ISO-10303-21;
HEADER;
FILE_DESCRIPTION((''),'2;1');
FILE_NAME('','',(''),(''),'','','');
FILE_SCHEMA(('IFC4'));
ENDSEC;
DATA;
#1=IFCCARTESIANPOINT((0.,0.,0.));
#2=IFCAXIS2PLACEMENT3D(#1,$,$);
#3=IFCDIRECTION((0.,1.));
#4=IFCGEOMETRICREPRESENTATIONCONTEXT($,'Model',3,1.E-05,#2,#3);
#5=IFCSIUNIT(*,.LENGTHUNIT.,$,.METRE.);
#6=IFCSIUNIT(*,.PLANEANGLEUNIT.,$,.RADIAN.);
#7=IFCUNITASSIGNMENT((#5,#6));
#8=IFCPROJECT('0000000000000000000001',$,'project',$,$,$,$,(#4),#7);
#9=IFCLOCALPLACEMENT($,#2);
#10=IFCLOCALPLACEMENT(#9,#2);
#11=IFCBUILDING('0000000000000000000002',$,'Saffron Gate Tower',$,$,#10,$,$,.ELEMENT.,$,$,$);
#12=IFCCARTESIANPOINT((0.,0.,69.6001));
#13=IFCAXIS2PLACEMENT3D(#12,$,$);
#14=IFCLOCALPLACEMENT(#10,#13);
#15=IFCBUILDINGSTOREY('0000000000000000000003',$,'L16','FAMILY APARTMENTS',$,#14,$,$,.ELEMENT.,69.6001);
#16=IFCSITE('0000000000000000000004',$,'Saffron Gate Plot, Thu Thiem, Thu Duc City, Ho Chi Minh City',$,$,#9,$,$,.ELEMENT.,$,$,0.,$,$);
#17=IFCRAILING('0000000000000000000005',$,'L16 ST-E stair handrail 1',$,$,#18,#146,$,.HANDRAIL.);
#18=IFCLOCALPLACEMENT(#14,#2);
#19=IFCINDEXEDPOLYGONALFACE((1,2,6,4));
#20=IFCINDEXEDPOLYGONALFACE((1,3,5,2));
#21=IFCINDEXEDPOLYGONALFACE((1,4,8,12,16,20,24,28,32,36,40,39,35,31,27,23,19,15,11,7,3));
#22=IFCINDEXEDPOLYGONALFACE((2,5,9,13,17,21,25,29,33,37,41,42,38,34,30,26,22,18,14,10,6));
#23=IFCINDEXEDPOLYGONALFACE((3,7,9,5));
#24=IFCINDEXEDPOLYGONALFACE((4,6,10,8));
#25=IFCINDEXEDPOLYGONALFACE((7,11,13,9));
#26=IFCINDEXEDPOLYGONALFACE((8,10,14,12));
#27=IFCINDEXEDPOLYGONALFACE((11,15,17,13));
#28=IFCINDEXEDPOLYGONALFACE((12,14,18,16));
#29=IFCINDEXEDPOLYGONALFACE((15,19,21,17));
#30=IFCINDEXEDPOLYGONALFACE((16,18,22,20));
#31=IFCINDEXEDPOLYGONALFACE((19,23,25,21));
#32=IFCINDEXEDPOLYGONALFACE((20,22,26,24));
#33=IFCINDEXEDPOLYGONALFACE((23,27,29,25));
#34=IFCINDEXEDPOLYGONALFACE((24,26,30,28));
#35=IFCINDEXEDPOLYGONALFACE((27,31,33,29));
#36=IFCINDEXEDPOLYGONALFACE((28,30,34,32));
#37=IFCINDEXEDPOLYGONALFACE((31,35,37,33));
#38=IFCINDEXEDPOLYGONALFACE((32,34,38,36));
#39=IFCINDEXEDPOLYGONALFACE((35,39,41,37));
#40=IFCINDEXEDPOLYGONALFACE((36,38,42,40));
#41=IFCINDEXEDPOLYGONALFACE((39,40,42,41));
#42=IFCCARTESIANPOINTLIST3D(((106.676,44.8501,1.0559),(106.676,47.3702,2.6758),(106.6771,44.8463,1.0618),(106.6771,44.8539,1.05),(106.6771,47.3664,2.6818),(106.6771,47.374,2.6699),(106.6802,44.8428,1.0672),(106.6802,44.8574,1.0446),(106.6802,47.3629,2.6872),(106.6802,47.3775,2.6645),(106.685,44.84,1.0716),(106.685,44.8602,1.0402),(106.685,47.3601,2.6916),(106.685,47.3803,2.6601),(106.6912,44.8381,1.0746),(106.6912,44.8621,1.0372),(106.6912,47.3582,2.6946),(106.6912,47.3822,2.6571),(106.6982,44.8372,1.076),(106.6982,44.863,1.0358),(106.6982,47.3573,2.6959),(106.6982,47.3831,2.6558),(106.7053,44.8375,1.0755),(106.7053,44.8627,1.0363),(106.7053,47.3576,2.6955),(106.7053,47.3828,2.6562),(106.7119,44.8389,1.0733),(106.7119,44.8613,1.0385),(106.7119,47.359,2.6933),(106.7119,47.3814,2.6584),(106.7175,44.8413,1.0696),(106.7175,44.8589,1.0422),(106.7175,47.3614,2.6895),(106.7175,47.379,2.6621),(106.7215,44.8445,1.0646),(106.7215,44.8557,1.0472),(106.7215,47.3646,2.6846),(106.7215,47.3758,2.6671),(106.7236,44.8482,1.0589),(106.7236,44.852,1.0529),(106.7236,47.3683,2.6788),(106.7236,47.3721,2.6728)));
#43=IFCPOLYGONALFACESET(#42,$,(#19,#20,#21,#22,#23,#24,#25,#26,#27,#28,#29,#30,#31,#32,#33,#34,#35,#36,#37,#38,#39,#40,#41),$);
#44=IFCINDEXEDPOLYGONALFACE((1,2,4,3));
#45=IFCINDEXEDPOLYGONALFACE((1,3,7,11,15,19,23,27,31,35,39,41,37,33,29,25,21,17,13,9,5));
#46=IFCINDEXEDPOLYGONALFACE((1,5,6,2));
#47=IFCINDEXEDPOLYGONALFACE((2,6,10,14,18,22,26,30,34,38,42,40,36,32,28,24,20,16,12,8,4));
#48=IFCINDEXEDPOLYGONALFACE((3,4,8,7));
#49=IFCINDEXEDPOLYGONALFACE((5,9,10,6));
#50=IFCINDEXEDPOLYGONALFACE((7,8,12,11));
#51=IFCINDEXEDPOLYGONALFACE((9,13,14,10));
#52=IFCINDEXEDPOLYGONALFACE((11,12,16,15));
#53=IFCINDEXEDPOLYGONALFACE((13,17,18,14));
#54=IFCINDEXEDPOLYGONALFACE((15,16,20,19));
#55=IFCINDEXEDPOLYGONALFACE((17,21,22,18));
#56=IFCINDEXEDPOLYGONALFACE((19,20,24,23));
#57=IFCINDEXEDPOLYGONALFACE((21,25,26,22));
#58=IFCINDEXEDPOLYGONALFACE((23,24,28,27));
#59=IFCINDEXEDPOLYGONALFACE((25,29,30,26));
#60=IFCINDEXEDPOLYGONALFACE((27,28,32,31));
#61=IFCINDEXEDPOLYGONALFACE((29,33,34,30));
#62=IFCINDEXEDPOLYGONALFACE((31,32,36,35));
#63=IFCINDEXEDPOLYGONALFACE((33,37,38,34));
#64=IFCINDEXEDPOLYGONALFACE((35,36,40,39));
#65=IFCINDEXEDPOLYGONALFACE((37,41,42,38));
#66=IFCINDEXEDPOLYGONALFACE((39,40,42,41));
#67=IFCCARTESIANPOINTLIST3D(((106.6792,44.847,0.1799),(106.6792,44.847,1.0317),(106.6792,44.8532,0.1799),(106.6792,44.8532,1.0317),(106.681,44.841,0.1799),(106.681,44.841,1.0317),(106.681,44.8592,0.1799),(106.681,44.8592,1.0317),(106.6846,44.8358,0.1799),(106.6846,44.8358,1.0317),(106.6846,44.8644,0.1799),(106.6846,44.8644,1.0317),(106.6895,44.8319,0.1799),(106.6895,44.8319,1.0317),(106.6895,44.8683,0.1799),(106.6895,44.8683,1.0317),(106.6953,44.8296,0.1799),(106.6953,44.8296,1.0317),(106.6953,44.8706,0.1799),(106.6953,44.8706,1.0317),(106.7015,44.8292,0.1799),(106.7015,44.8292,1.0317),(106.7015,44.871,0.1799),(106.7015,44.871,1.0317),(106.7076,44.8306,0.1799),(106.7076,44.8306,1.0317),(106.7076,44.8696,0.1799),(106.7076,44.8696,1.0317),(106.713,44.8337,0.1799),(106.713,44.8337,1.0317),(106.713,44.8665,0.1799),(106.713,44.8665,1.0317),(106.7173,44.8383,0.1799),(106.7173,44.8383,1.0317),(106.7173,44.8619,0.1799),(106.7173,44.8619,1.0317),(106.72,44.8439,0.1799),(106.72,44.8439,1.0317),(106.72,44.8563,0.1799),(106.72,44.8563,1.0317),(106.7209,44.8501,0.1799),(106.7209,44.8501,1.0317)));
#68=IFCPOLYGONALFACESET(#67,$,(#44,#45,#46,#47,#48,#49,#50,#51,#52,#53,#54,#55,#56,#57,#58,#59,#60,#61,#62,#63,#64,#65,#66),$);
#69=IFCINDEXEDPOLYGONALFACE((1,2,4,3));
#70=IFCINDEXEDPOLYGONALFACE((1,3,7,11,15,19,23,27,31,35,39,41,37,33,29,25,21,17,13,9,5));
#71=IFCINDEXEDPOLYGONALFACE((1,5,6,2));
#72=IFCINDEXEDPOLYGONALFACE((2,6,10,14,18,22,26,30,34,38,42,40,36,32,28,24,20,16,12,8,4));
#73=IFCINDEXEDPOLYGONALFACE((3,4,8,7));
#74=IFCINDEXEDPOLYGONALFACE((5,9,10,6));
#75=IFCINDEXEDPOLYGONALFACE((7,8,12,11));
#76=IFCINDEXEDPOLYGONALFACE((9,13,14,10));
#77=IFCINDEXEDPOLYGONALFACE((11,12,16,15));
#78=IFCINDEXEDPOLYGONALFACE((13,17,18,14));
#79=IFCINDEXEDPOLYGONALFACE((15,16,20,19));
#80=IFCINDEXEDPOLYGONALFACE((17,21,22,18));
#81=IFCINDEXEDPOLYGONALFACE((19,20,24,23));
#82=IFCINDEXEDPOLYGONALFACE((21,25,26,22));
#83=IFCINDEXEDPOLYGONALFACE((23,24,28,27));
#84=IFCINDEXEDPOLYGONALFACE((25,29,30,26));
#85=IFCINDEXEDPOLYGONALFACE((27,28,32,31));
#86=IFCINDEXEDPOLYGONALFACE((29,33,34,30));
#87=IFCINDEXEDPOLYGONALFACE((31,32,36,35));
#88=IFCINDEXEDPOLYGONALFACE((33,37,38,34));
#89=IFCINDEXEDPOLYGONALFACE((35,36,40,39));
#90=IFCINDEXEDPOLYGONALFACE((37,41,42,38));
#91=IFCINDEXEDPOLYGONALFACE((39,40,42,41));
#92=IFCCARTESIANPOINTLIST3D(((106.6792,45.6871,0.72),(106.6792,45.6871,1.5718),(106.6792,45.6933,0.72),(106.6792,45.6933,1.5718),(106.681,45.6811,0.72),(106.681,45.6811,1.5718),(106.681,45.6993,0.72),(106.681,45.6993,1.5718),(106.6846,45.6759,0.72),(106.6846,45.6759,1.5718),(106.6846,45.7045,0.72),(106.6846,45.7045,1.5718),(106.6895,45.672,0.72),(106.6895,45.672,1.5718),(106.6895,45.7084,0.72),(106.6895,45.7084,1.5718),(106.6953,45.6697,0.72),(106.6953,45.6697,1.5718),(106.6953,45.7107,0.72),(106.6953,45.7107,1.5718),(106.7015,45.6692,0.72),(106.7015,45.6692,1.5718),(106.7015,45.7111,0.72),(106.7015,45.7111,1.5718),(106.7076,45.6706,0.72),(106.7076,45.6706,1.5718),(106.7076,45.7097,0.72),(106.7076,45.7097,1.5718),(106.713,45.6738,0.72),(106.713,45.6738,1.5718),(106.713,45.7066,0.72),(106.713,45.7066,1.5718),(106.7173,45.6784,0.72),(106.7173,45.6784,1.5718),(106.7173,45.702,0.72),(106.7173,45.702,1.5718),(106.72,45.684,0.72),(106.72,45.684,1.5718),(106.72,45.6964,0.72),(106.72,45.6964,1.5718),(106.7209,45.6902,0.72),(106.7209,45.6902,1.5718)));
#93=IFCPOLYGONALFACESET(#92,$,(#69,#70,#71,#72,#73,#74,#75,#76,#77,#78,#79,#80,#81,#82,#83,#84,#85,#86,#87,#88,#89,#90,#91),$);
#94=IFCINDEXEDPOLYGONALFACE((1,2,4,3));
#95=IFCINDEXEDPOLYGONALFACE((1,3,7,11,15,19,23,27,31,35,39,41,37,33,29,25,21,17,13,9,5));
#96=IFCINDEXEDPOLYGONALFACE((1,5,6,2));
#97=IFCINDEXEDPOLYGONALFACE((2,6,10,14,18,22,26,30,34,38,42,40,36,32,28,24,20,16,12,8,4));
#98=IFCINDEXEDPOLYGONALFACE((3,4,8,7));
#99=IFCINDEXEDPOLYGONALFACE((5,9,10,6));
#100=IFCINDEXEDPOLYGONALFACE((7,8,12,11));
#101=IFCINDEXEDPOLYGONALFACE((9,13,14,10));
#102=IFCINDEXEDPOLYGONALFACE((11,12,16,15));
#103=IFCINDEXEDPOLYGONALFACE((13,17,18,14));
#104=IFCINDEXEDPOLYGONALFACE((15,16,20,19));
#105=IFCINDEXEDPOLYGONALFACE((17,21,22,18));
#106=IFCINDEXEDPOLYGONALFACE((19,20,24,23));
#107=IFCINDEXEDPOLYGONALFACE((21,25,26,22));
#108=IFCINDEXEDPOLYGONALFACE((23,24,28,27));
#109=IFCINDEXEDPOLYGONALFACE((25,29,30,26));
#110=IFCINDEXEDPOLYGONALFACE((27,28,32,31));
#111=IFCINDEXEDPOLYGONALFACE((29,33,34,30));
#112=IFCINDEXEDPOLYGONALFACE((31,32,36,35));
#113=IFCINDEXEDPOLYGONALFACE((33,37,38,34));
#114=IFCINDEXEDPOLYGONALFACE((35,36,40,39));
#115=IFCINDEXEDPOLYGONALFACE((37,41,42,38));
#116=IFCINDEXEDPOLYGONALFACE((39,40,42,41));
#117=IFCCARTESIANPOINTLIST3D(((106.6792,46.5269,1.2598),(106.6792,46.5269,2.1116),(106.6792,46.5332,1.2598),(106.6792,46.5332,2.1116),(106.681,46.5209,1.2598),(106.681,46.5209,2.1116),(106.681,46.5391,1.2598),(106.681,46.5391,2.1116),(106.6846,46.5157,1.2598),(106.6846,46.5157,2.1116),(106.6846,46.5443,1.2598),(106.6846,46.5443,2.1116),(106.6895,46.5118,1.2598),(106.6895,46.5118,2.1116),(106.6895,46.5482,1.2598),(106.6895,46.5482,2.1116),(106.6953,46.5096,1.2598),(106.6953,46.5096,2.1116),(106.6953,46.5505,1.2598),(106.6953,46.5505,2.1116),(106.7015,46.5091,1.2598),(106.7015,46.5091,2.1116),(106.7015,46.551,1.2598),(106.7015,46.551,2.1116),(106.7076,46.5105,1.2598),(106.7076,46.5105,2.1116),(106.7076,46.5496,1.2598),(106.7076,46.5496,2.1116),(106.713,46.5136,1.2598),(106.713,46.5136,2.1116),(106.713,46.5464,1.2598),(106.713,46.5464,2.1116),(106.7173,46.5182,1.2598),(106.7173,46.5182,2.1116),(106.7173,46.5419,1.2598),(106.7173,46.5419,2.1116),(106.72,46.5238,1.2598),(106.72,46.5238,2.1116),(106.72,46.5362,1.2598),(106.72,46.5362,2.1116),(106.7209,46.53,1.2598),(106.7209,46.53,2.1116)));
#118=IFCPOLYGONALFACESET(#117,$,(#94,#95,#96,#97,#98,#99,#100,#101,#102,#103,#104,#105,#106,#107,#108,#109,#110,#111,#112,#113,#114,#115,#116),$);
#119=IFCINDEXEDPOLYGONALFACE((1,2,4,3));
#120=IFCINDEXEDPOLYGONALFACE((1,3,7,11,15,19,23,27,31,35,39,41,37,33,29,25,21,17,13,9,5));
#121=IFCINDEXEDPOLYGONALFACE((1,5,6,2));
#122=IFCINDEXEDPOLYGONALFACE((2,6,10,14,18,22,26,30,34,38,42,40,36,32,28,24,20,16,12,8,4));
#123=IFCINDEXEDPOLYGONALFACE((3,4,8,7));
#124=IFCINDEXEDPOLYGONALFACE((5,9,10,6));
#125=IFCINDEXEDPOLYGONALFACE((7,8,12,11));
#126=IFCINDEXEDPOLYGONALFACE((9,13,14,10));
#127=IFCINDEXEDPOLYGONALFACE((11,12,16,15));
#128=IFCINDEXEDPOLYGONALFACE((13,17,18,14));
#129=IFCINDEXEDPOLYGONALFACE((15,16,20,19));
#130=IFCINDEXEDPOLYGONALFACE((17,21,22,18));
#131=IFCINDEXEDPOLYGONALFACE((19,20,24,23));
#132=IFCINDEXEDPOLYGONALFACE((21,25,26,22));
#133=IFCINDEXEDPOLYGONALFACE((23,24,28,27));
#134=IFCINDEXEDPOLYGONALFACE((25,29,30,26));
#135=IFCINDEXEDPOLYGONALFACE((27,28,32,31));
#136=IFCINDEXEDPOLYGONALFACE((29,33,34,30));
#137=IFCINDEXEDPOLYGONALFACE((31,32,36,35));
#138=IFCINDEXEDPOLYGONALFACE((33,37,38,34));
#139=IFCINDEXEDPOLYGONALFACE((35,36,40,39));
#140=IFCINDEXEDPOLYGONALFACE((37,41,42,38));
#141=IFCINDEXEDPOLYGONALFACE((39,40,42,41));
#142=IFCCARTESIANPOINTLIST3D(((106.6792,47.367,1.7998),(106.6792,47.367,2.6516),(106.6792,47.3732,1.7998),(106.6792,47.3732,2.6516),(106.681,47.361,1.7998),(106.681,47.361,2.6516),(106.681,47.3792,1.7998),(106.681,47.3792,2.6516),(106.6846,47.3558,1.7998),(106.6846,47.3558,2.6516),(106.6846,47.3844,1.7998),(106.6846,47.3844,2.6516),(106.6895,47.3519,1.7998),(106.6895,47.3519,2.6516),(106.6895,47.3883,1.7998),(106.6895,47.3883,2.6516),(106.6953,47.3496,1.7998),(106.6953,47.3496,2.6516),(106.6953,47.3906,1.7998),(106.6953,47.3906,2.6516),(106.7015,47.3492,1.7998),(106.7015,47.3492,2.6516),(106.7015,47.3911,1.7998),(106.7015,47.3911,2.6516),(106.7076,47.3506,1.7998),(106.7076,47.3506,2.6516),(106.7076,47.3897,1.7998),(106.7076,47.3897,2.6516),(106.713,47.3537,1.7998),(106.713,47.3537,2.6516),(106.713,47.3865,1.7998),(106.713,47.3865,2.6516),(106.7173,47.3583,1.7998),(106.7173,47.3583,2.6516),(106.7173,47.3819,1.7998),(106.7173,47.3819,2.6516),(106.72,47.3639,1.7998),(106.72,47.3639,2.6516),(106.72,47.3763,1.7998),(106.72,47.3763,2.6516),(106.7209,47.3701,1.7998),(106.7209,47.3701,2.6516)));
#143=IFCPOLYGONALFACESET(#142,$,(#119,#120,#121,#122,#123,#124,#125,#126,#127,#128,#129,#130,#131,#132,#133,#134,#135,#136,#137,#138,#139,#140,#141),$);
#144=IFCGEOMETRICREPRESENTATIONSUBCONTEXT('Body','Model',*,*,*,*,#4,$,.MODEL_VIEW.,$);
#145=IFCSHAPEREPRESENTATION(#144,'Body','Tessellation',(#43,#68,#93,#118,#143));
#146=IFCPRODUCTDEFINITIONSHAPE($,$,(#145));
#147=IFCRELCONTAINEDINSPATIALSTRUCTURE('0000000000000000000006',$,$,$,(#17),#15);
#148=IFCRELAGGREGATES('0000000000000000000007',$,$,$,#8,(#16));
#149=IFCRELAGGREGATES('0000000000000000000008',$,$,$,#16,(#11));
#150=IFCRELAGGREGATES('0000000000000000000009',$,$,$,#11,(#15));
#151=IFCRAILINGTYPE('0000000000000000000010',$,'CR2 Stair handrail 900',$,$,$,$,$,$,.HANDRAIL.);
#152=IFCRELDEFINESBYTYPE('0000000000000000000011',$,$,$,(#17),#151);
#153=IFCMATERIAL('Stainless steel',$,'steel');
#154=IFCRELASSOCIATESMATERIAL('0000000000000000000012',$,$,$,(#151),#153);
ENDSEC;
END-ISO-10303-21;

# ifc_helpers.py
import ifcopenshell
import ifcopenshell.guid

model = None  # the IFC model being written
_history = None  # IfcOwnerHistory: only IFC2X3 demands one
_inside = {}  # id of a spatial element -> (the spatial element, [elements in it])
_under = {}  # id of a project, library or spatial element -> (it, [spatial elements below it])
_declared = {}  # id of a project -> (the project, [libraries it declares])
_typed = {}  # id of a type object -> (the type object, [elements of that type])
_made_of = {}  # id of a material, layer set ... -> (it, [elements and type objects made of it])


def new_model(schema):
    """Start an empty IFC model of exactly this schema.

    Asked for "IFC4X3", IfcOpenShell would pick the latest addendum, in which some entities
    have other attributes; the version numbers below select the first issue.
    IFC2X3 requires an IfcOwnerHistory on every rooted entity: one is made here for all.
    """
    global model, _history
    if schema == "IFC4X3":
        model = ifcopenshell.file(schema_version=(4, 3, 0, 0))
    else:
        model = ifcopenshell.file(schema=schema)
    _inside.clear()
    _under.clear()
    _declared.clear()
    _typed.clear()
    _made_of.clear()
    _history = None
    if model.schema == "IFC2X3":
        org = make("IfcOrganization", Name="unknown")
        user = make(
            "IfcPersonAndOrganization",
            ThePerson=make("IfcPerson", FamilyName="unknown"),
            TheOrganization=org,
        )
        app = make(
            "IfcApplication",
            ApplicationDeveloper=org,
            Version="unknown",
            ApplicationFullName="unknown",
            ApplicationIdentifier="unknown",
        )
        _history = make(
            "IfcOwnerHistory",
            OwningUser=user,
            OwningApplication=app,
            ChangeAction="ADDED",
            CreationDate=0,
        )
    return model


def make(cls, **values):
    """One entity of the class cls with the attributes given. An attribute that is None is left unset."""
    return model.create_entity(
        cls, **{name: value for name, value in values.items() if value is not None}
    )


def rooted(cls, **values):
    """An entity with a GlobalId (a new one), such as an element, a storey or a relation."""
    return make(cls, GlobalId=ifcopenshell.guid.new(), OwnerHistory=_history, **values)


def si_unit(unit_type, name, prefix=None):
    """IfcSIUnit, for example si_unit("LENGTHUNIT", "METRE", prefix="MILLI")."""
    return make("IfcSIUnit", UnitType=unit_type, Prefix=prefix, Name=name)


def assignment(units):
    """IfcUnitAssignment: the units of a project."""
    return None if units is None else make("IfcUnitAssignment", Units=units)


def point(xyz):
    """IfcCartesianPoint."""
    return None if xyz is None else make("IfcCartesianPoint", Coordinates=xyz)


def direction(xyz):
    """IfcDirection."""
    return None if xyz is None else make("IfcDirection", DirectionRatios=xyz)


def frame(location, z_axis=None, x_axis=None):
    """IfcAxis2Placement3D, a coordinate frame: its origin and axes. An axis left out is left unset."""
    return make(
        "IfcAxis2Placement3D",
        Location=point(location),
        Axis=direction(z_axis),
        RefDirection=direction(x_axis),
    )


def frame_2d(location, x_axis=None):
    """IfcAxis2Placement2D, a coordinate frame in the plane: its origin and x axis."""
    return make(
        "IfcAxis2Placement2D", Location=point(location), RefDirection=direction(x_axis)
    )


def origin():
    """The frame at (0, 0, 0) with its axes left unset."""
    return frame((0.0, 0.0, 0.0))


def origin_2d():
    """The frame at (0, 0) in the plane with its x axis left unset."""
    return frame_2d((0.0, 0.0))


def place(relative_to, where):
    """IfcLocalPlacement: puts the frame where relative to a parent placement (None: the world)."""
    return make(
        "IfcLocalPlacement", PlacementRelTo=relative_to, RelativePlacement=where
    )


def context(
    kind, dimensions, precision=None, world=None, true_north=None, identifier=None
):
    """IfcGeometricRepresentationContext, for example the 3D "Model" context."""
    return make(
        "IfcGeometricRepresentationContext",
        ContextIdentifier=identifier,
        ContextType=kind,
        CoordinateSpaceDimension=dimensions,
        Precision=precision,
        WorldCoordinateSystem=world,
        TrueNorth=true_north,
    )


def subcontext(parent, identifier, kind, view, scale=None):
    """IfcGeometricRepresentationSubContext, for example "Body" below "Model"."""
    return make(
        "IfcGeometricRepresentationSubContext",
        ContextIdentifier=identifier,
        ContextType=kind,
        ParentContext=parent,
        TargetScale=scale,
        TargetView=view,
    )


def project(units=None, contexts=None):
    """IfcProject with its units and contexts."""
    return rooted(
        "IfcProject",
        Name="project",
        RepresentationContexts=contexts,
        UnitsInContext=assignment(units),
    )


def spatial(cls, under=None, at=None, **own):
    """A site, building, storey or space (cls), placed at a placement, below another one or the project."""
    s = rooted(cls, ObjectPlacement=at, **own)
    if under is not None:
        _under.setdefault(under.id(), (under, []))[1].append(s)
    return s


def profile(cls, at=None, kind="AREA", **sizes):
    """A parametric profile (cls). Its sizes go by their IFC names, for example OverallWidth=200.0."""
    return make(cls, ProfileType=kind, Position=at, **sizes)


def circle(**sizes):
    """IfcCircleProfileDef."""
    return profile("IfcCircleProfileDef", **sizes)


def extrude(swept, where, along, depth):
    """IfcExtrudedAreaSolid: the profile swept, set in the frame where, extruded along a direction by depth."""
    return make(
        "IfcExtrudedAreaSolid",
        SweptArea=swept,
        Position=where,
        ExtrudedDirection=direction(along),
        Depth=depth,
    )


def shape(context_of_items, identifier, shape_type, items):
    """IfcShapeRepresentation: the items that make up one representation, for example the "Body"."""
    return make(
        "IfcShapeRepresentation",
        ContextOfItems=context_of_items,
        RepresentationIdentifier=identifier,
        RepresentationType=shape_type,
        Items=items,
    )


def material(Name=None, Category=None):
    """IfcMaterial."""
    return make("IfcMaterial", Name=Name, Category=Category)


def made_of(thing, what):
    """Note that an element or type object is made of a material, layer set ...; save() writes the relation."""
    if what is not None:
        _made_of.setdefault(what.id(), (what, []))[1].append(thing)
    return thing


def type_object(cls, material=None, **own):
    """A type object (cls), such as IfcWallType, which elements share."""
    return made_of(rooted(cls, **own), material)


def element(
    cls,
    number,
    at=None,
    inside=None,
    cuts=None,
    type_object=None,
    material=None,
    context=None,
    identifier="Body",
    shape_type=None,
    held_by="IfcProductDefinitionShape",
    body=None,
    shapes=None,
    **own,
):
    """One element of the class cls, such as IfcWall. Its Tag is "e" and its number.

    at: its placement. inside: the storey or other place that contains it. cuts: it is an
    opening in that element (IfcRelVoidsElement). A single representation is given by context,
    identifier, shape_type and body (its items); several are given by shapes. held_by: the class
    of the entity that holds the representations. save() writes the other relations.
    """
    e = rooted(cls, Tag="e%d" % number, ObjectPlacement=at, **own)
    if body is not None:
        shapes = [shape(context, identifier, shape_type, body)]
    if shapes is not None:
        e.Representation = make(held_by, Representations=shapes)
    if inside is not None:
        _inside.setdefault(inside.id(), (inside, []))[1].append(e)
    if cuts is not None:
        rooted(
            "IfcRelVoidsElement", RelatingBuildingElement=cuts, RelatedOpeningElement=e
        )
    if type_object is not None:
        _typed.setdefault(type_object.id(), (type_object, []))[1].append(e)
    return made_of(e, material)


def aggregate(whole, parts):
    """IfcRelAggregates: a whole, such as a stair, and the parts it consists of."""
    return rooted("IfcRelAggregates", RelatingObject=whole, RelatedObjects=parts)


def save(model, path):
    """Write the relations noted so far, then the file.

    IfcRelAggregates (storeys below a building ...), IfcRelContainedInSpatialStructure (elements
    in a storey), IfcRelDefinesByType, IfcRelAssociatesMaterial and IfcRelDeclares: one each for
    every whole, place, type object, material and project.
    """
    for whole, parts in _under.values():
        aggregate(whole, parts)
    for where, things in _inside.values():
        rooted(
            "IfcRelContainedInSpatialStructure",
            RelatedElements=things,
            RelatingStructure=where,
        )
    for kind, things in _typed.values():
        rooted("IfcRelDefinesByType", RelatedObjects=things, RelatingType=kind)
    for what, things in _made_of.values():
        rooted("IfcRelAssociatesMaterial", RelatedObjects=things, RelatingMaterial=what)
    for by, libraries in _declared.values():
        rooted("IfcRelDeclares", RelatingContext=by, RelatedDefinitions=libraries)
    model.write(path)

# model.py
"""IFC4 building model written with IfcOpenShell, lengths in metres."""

from ifc_helpers import new_model, si_unit, direction, frame, origin, origin_2d, place, context, subcontext, project, spatial, circle, extrude, material, type_object, element, save


model = new_model("IFC4")

# Units and contexts
model_context = context("Model", 3, precision=1e-05, world=origin(), true_north=direction((0.0, 1.0)))
body_context = subcontext(model_context, "Body", "Model", "MODEL_VIEW")
ifc_project = project(units=[si_unit("LENGTHUNIT", "METRE"), si_unit("PLANEANGLEUNIT", "RADIAN")], contexts=[model_context])

# Site, building, storey
site_placement = place(None, origin())
site = spatial("IfcSite", under=ifc_project, at=site_placement, Name="Saffron Gate Plot, Thu Thiem, Thu Duc City, Ho Chi Minh City", CompositionType="ELEMENT", RefElevation=0.0)
building_placement = place(site_placement, origin())
building = spatial("IfcBuilding", under=site, at=building_placement, Name="Saffron Gate Tower", CompositionType="ELEMENT")
storey_placement = place(building_placement, frame((0.0, 0.0, 69.6001)))
storey = spatial("IfcBuildingStorey", under=building, at=storey_placement, Name="L16", Description="FAMILY APARTMENTS", CompositionType="ELEMENT", Elevation=69.6001)

# Railing
ifc_material_1 = material(Name="Stainless steel", Category="steel")
railing_type_1 = type_object("IfcRailingType", Name="CR2 Stair handrail 900", PredefinedType="HANDRAIL", material=ifc_material_1)
railing_1_placement = place(storey_placement, frame((106.7, 44.8501, 0.1799)))
element("IfcRailing", 1, at=railing_1_placement, inside=storey, type_object=railing_type_1, Name="L16 ST-E stair handrail 1", PredefinedType="HANDRAIL", context=body_context, shape_type="SweptSolid", body=[
    extrude(circle(Radius=0.0239, at=origin_2d()), frame((0.0, 0.0, 0.876), z_axis=(0.0, 0.8412, 0.540725), x_axis=(-1.0, 0.0, 0.0)), (0.0, 0.0, 1.0), 2.9958),
    extrude(circle(Radius=0.021, at=origin_2d()), origin(), (0.0, 0.0, 1.0), 0.8518),
    extrude(circle(Radius=0.021, at=origin_2d()), frame((0.0, 0.8401, 0.54)), (0.0, 0.0, 1.0), 0.8518),
    extrude(circle(Radius=0.021, at=origin_2d()), frame((0.0, 1.6799, 1.0798)), (0.0, 0.0, 1.0), 0.8518),
    extrude(circle(Radius=0.021, at=origin_2d()), frame((0.0, 2.52, 1.6199)), (0.0, 0.0, 1.0), 0.8518),
])

save(model, "model.ifc")
